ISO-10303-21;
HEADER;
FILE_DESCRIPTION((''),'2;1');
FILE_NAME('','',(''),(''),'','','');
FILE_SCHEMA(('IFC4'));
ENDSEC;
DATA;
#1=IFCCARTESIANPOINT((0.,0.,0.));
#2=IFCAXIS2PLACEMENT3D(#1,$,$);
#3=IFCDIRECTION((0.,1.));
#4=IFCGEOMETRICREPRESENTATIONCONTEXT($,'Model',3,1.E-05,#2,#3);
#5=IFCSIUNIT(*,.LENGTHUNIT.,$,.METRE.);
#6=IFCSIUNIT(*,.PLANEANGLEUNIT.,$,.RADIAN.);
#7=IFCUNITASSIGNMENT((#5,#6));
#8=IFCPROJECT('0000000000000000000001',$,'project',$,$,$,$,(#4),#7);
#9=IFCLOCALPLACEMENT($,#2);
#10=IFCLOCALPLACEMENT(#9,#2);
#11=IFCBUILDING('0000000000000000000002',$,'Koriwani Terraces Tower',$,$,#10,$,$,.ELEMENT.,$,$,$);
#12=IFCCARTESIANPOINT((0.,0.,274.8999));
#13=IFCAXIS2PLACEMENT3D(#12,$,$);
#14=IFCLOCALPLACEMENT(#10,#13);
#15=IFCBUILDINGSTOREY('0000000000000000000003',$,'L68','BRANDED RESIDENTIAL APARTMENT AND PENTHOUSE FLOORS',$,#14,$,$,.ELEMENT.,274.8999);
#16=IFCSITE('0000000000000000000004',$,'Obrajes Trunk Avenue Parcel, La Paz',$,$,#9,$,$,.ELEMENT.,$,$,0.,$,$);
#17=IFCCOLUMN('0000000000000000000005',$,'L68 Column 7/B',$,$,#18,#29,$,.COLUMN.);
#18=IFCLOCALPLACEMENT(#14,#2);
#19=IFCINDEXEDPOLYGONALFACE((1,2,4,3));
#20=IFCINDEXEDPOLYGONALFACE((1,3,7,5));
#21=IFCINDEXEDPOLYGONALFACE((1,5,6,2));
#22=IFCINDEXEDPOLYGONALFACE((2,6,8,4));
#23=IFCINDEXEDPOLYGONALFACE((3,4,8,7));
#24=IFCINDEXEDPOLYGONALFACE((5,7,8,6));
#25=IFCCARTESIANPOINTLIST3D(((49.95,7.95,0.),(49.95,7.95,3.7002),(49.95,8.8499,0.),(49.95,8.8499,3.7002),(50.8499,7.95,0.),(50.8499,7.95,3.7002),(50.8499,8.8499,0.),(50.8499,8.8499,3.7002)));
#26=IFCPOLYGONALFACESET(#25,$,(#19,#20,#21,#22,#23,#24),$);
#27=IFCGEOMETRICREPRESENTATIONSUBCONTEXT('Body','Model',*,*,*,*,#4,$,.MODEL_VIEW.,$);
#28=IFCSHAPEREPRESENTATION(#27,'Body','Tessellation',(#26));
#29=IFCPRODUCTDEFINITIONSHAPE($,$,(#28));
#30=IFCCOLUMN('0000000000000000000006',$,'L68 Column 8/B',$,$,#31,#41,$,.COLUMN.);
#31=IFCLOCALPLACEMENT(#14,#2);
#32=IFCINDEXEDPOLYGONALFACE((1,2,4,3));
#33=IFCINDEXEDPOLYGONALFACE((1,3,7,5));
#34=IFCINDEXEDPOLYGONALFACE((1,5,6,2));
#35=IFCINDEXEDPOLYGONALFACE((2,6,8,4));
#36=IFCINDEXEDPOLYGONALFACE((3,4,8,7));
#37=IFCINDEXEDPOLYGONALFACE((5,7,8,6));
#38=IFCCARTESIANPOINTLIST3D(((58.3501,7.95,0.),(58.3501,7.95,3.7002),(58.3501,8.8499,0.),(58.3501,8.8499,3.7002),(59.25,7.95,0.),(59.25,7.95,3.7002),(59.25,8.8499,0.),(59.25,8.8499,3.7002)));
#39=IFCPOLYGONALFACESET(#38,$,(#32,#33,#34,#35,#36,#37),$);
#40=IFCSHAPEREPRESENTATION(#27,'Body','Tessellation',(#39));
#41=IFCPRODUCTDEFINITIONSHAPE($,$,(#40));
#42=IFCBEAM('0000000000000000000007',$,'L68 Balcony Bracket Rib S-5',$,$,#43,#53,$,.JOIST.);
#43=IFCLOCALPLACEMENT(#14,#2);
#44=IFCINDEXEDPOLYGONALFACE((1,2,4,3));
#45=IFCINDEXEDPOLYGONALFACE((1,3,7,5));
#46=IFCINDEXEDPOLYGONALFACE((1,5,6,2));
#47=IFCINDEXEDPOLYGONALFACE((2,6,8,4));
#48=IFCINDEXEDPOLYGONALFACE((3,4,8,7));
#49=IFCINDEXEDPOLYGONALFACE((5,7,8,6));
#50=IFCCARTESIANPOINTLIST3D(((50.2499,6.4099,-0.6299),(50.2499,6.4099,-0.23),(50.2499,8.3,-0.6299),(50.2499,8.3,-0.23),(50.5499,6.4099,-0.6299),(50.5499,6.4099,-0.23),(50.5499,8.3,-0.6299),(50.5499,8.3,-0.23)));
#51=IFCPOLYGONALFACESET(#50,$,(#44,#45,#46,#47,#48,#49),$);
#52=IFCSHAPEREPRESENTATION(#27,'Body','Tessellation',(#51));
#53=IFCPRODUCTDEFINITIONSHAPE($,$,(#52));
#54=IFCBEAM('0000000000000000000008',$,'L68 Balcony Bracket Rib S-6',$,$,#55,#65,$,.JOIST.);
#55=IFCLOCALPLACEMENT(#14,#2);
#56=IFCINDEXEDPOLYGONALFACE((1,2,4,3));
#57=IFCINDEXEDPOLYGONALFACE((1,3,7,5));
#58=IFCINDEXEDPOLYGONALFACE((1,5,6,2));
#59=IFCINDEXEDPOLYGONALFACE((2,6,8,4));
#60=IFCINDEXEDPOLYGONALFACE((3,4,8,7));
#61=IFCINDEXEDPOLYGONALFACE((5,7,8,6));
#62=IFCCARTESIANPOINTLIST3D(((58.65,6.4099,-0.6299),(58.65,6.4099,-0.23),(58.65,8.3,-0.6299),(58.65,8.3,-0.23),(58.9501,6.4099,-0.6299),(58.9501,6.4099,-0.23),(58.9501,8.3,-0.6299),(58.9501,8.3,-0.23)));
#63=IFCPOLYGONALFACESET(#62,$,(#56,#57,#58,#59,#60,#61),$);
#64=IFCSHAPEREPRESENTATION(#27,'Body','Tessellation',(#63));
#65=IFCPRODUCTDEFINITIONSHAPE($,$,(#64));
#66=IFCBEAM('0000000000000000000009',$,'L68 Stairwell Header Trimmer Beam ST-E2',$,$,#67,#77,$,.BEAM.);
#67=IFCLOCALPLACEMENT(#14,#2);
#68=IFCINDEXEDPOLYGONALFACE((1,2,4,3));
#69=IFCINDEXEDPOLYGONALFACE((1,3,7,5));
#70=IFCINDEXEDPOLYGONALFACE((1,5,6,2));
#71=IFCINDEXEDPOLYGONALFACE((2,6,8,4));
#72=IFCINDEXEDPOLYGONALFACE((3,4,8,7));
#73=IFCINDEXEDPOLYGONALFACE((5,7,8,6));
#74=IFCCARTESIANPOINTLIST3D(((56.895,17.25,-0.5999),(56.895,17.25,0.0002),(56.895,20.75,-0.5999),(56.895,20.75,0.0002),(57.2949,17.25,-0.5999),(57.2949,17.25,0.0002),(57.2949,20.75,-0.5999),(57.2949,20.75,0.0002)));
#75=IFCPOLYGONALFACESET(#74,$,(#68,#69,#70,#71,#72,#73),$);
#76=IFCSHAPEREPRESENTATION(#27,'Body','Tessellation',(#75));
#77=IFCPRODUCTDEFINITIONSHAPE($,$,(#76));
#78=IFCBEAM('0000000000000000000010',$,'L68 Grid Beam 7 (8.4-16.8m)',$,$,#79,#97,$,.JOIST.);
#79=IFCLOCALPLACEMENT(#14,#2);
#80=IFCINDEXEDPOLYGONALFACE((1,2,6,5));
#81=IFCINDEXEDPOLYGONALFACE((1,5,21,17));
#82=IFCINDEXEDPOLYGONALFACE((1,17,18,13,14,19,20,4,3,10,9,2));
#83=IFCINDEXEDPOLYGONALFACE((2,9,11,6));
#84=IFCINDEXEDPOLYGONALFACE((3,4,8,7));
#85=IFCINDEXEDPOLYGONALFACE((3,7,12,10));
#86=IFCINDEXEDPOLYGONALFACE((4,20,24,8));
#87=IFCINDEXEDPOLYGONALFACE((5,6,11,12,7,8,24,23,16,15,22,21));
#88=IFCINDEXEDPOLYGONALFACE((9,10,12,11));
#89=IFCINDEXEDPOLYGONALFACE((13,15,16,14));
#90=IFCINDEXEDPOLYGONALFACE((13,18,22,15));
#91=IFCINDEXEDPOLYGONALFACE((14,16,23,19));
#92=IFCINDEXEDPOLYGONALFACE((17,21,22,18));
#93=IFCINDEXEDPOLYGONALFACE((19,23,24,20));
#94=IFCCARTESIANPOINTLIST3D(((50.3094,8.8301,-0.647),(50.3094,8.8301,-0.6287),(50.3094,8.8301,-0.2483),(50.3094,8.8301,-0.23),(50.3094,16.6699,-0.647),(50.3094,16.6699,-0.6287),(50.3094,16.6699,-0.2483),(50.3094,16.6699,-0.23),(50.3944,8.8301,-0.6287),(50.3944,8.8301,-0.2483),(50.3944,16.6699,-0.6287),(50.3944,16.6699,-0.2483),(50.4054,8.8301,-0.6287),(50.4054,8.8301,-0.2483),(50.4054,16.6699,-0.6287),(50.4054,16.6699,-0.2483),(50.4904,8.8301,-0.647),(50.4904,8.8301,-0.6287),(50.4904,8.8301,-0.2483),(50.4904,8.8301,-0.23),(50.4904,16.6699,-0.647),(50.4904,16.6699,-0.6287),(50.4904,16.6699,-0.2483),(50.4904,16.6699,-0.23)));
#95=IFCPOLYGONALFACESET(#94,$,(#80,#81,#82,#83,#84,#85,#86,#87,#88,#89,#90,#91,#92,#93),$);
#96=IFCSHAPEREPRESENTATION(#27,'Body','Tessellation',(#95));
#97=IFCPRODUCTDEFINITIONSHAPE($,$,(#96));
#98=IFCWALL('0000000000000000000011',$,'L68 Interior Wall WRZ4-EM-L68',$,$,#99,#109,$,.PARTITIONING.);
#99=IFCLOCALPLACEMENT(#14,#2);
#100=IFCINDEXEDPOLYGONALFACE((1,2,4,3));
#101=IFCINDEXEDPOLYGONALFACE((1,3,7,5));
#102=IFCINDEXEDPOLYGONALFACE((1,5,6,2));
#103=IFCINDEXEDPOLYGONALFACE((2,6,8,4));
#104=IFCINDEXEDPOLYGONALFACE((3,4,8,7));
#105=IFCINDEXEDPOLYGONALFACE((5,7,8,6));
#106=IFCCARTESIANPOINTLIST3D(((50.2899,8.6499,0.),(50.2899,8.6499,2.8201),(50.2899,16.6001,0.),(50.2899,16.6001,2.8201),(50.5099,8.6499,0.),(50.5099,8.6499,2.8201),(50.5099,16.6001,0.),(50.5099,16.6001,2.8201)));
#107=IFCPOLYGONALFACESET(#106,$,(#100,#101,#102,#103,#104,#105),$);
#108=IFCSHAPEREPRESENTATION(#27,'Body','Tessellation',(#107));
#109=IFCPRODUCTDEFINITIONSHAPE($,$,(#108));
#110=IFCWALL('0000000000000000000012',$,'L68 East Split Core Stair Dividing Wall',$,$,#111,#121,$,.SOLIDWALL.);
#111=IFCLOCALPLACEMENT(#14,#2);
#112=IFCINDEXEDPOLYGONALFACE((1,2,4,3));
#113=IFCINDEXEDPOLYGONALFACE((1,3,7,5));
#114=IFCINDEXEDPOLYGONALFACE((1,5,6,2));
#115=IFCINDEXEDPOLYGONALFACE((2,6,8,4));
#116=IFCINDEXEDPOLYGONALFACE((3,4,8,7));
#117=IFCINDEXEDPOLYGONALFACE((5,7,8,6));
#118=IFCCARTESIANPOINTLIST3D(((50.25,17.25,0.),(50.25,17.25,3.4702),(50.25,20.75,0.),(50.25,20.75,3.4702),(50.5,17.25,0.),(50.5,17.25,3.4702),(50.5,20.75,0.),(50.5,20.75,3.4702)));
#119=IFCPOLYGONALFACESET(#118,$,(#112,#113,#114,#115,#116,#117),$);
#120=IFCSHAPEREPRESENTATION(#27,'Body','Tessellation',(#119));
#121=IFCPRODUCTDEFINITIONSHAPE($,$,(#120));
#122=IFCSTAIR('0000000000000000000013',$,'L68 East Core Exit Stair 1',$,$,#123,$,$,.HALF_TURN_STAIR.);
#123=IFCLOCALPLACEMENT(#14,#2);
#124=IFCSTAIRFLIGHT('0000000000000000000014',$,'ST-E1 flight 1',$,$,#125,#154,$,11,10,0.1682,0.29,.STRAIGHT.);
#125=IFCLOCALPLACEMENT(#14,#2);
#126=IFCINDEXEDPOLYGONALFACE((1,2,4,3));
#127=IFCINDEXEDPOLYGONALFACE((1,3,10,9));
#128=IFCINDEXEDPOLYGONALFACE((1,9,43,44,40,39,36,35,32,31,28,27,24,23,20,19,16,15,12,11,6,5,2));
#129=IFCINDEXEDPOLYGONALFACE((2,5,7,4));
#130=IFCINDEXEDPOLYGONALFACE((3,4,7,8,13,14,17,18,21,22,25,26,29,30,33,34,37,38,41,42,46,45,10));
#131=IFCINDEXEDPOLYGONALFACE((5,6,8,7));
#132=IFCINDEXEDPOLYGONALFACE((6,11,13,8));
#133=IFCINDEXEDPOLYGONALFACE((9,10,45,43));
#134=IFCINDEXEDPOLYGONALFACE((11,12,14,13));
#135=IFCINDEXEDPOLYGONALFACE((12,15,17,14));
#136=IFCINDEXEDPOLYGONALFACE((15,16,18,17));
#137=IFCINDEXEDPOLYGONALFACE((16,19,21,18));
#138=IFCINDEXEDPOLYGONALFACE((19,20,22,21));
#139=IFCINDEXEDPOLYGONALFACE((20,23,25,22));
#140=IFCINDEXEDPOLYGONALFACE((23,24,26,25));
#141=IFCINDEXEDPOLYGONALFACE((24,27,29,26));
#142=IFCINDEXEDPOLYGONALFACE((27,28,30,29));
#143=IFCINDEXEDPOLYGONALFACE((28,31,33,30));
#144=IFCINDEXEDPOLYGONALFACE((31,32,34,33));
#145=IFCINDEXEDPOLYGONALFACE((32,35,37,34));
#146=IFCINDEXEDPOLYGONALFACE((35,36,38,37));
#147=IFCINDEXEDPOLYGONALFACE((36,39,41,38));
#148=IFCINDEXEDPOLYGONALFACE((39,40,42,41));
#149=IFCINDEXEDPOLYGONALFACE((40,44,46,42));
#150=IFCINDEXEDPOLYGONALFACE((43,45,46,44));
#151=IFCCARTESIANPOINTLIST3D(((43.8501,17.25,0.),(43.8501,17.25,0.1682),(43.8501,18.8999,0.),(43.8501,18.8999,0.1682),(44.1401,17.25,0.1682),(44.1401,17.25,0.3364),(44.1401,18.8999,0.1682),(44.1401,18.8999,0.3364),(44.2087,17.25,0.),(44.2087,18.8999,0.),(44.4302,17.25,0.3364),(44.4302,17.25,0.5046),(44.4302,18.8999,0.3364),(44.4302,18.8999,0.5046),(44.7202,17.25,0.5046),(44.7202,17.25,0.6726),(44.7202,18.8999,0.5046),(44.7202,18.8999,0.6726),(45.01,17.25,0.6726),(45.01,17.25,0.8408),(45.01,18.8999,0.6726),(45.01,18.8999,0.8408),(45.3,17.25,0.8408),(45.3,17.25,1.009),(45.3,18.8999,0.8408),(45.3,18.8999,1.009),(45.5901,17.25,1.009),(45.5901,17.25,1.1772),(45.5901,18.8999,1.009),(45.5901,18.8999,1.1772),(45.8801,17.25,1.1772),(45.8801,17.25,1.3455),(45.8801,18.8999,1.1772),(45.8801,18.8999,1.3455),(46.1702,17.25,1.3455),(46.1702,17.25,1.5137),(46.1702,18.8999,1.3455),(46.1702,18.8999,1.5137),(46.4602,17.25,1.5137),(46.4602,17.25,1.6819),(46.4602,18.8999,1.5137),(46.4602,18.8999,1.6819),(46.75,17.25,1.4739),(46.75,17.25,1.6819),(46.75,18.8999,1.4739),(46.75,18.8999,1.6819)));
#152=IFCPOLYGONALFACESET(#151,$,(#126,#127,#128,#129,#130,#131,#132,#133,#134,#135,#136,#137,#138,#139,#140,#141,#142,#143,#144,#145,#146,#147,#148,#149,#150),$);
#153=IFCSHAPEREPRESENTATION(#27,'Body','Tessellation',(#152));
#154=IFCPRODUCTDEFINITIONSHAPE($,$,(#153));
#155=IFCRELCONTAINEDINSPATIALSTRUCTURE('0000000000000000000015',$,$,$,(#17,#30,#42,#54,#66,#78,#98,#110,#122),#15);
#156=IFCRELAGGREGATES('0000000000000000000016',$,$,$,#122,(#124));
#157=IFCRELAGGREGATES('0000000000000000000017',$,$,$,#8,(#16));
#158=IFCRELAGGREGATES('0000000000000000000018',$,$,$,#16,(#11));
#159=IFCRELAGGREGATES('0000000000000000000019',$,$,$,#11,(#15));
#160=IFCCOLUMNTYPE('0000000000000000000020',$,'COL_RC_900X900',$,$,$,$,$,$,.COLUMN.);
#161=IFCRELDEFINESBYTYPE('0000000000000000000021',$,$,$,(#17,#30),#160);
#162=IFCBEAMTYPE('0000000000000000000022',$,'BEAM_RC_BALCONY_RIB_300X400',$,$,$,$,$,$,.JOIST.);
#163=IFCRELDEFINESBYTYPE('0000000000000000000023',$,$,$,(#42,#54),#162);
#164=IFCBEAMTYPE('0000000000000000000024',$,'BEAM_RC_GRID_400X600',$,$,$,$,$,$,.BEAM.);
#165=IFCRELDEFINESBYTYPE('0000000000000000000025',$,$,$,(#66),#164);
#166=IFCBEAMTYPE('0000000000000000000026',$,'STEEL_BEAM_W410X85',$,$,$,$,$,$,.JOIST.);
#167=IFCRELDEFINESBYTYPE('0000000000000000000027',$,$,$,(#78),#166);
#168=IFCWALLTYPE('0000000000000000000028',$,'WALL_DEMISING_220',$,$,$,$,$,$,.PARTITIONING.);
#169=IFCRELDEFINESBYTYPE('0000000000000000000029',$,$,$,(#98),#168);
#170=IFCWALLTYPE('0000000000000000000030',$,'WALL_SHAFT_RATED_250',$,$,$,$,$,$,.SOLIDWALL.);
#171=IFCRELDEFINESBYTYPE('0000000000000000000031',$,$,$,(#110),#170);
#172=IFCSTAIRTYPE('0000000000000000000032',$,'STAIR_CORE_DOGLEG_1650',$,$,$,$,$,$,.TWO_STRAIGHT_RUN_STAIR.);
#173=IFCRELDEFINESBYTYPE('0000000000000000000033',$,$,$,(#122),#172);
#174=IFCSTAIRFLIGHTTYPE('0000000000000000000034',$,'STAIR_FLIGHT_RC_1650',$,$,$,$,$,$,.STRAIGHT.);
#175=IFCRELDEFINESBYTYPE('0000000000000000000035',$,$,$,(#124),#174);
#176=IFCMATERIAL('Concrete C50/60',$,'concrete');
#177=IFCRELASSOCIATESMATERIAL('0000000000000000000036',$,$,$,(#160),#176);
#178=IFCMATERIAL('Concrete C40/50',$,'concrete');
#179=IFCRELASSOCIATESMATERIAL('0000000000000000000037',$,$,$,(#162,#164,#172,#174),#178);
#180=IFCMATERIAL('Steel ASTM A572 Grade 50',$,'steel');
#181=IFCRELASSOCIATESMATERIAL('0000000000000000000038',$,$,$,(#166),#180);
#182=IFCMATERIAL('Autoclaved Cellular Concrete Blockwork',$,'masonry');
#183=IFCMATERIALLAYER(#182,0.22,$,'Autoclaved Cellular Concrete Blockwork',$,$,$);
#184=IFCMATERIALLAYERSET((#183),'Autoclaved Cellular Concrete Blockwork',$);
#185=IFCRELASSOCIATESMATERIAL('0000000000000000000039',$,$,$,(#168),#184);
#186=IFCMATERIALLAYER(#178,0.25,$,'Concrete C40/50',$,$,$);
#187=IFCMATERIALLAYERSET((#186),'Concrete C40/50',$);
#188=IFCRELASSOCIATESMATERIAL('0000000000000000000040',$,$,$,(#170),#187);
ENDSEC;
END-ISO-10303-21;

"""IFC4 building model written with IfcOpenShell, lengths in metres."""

from ifc_helpers import new_model, si_unit, direction, frame, frame_2d, origin, origin_2d, place, context, subcontext, project, spatial, polyline, rectangle, i_section, outline, extrude, material, layer, layer_set, material_profile, profile_set, type_object, element, aggregate, save


model = new_model("IFC4")

# Units and contexts
model_context = context("Model", 3, precision=1e-05, world=origin(), true_north=direction((0.0, 1.0)))
body_context = subcontext(model_context, "Body", "Model", "MODEL_VIEW")
ifc_project = project(units=[si_unit("LENGTHUNIT", "METRE"), si_unit("PLANEANGLEUNIT", "RADIAN")], contexts=[model_context])

# Site, building, storey
site_placement = place(None, origin())
site = spatial("IfcSite", under=ifc_project, at=site_placement, Name="Obrajes Trunk Avenue Parcel, La Paz", CompositionType="ELEMENT", RefElevation=0.0)
building_placement = place(site_placement, origin())
building = spatial("IfcBuilding", under=site, at=building_placement, Name="Koriwani Terraces Tower", CompositionType="ELEMENT")
storey_placement = place(building_placement, frame((0.0, 0.0, 274.8999)))
storey = spatial("IfcBuildingStorey", under=building, at=storey_placement, Name="L68", Description="BRANDED RESIDENTIAL APARTMENT AND PENTHOUSE FLOORS", CompositionType="ELEMENT", Elevation=274.8999)

# Columns
ifc_material_1 = material(Name="Concrete C50/60", Category="concrete")
ifc_material_profile_1 = material_profile(ifc_material_1, rectangle(XDim=0.8999, YDim=0.8999, at=origin_2d()), Name="Concrete C50/60", Category="LoadBearing")
ifc_profile_set_1 = profile_set([ifc_material_profile_1], Name="Concrete C50/60")
column_type = type_object("IfcColumnType", Name="COL_RC_900X900", PredefinedType="COLUMN", material=ifc_profile_set_1)
for number, where, z_axis, x_axis, name in (
    (1, (50.3999, 8.3999, 0.0), (0.0, 0.0, 1.0), (1.0, 0.0, 0.0), "L68 Column 7/B"),
    (2, (58.8, 8.3999, 0.0), (0.0, 0.0, 1.0), (1.0, 0.0, 0.0), "L68 Column 8/B"),
):
    element("IfcColumn", number, at=place(storey_placement, frame(where, z_axis=z_axis, x_axis=x_axis)), inside=storey, type_object=column_type, Name=name, PredefinedType="COLUMN", context=body_context, shape_type="SweptSolid", body=[
        extrude(rectangle(XDim=0.8999, YDim=0.8999, at=origin_2d()), origin(), (0.0, 0.0, 1.0), 3.7002),
    ])

# Beams
ifc_material_2 = material(Name="Concrete C40/50", Category="concrete")
ifc_material_profile_2 = material_profile(ifc_material_2, rectangle(XDim=0.3, YDim=0.3999, at=origin_2d()), Name="Concrete C40/50", Category="LoadBearing")
ifc_profile_set_2 = profile_set([ifc_material_profile_2], Name="Concrete C40/50")
beam_type_1 = type_object("IfcBeamType", Name="BEAM_RC_BALCONY_RIB_300X400", PredefinedType="JOIST", material=ifc_profile_set_2)
for number, where, z_axis, x_axis, name in (
    (3, (50.3999, 6.4099, -0.4299), (0.0, 1.0, 0.0), (-1.0, 0.0, 0.0), "L68 Balcony Bracket Rib S-5"),
    (4, (58.8, 6.4099, -0.4299), (0.0, 1.0, 0.0), (-1.0, 0.0, 0.0), "L68 Balcony Bracket Rib S-6"),
):
    element("IfcBeam", number, at=place(storey_placement, frame(where, z_axis=z_axis, x_axis=x_axis)), inside=storey, type_object=beam_type_1, Name=name, PredefinedType="JOIST", context=body_context, shape_type="SweptSolid", body=[
        extrude(rectangle(XDim=0.3, YDim=0.3999, at=origin_2d()), origin(), (0.0, 0.0, 1.0), 1.8901),
    ])
ifc_material_profile_3 = material_profile(ifc_material_2, rectangle(XDim=0.3999, YDim=0.6001, at=origin_2d()), Name="Concrete C40/50", Category="LoadBearing")
ifc_profile_set_3 = profile_set([ifc_material_profile_3], Name="Concrete C40/50")
beam_type_2 = type_object("IfcBeamType", Name="BEAM_RC_GRID_400X600", PredefinedType="BEAM", material=ifc_profile_set_3)
beam_1_placement = place(storey_placement, frame((57.095, 17.25, -0.2998), z_axis=(0.0, 1.0, 0.0), x_axis=(-1.0, 0.0, 0.0)))
element("IfcBeam", 5, at=beam_1_placement, inside=storey, type_object=beam_type_2, Name="L68 Stairwell Header Trimmer Beam ST-E2", PredefinedType="BEAM", context=body_context, shape_type="SweptSolid", body=[
    extrude(rectangle(XDim=0.3999, YDim=0.6001, at=origin_2d()), origin(), (0.0, 0.0, 1.0), 3.5),
])
ifc_material_3 = material(Name="Steel ASTM A572 Grade 50", Category="steel")
ifc_material_profile_4 = material_profile(ifc_material_3, i_section(OverallWidth=0.1809, OverallDepth=0.417, WebThickness=0.011, FlangeThickness=0.0183, at=origin_2d()), Name="Steel ASTM A572 Grade 50", Category="LoadBearing")
ifc_profile_set_4 = profile_set([ifc_material_profile_4], Name="Steel ASTM A572 Grade 50")
beam_type_3 = type_object("IfcBeamType", Name="STEEL_BEAM_W410X85", PredefinedType="JOIST", material=ifc_profile_set_4)
beam_2_placement = place(storey_placement, frame((50.3999, 8.8301, -0.4385), z_axis=(0.0, 1.0, 0.0), x_axis=(-1.0, 0.0, 0.0)))
element("IfcBeam", 6, at=beam_2_placement, inside=storey, type_object=beam_type_3, Name="L68 Grid Beam 7 (8.4-16.8m)", PredefinedType="JOIST", context=body_context, shape_type="SweptSolid", body=[
    extrude(i_section(OverallWidth=0.1809, OverallDepth=0.417, WebThickness=0.011, FlangeThickness=0.0183, at=origin_2d()), origin(), (0.0, 0.0, 1.0), 7.8398),
])

# Walls
ifc_material_4 = material(Name="Autoclaved Cellular Concrete Blockwork", Category="masonry")
ifc_layer_1 = layer(ifc_material_4, 0.22, Name="Autoclaved Cellular Concrete Blockwork")
ifc_layer_set_1 = layer_set([ifc_layer_1], Name="Autoclaved Cellular Concrete Blockwork")
wall_type_1 = type_object("IfcWallType", Name="WALL_DEMISING_220", PredefinedType="PARTITIONING", material=ifc_layer_set_1)
wall_1_placement = place(storey_placement, frame((50.3999, 8.6499, 0.0), z_axis=(0.0, 0.0, 1.0), x_axis=(0.0, 1.0, 0.0)))
element("IfcWall", 7, at=wall_1_placement, inside=storey, type_object=wall_type_1, Name="L68 Interior Wall WRZ4-EM-L68", PredefinedType="PARTITIONING", context=body_context, shape_type="SweptSolid", body=[
    extrude(rectangle(XDim=7.9502, YDim=0.22, at=frame_2d((3.9751, 0.0))), origin(), (0.0, 0.0, 1.0), 2.8201),
])
ifc_layer_2 = layer(ifc_material_2, 0.25, Name="Concrete C40/50")
ifc_layer_set_2 = layer_set([ifc_layer_2], Name="Concrete C40/50")
wall_type_2 = type_object("IfcWallType", Name="WALL_SHAFT_RATED_250", PredefinedType="SOLIDWALL", material=ifc_layer_set_2)
wall_2_placement = place(storey_placement, frame((50.375, 17.25, 0.0), z_axis=(0.0, 0.0, 1.0), x_axis=(0.0, 1.0, 0.0)))
element("IfcWall", 8, at=wall_2_placement, inside=storey, type_object=wall_type_2, Name="L68 East Split Core Stair Dividing Wall", PredefinedType="SOLIDWALL", context=body_context, shape_type="SweptSolid", body=[
    extrude(rectangle(XDim=3.5, YDim=0.25, at=frame_2d((1.75, 0.0))), origin(), (0.0, 0.0, 1.0), 3.4702),
])

# Stair, stair flight
stair_type = type_object("IfcStairType", Name="STAIR_CORE_DOGLEG_1650", PredefinedType="TWO_STRAIGHT_RUN_STAIR", material=ifc_material_2)
stair_1_placement = place(storey_placement, origin())
stair_1 = element("IfcStair", 9, at=stair_1_placement, inside=storey, type_object=stair_type, Name="L68 East Core Exit Stair 1", PredefinedType="HALF_TURN_STAIR")
stair_flight_type = type_object("IfcStairFlightType", Name="STAIR_FLIGHT_RC_1650", PredefinedType="STRAIGHT", material=ifc_material_2)
stair_flight_1_placement = place(storey_placement, frame((43.8501, 18.075, 0.0), z_axis=(0.0, 0.0, 1.0), x_axis=(1.0, 0.0, 0.0)))
stair_flight_1 = element("IfcStairFlight", 10, at=stair_flight_1_placement, type_object=stair_flight_type, Name="ST-E1 flight 1", NumberOfRisers=11, NumberOfTreads=10, PredefinedType="STRAIGHT", RiserHeight=0.1682, TreadLength=0.29, context=body_context, shape_type="SweptSolid", body=[
    extrude(outline(polyline([(0.0, 0.0), (0.0, 0.1682), (0.29, 0.1682), (0.29, 0.3364), (0.5801, 0.3364), (0.5801, 0.5046), (0.8701, 0.5046), (0.8701, 0.6726), (1.1599, 0.6726), (1.1599, 0.8408), (1.45, 0.8408), (1.45, 1.009), (1.74, 1.009), (1.74, 1.1772), (2.03, 1.1772), (2.03, 1.3455), (2.3201, 1.3455), (2.3201, 1.5137), (2.6101, 1.5137), (2.6101, 1.6819), (2.8999, 1.6819), (2.8999, 1.8501), (2.8999, 1.4739), (0.3586, 0.0), (0.0, 0.0)])), frame((0.0, 0.825, 0.0), z_axis=(0.0, -1.0, 0.0), x_axis=(1.0, 0.0, 0.0)), (0.0, 0.0, 1.0), 1.6499),
])
aggregate(stair_1, [stair_flight_1])

save(model, "model.ifc")
